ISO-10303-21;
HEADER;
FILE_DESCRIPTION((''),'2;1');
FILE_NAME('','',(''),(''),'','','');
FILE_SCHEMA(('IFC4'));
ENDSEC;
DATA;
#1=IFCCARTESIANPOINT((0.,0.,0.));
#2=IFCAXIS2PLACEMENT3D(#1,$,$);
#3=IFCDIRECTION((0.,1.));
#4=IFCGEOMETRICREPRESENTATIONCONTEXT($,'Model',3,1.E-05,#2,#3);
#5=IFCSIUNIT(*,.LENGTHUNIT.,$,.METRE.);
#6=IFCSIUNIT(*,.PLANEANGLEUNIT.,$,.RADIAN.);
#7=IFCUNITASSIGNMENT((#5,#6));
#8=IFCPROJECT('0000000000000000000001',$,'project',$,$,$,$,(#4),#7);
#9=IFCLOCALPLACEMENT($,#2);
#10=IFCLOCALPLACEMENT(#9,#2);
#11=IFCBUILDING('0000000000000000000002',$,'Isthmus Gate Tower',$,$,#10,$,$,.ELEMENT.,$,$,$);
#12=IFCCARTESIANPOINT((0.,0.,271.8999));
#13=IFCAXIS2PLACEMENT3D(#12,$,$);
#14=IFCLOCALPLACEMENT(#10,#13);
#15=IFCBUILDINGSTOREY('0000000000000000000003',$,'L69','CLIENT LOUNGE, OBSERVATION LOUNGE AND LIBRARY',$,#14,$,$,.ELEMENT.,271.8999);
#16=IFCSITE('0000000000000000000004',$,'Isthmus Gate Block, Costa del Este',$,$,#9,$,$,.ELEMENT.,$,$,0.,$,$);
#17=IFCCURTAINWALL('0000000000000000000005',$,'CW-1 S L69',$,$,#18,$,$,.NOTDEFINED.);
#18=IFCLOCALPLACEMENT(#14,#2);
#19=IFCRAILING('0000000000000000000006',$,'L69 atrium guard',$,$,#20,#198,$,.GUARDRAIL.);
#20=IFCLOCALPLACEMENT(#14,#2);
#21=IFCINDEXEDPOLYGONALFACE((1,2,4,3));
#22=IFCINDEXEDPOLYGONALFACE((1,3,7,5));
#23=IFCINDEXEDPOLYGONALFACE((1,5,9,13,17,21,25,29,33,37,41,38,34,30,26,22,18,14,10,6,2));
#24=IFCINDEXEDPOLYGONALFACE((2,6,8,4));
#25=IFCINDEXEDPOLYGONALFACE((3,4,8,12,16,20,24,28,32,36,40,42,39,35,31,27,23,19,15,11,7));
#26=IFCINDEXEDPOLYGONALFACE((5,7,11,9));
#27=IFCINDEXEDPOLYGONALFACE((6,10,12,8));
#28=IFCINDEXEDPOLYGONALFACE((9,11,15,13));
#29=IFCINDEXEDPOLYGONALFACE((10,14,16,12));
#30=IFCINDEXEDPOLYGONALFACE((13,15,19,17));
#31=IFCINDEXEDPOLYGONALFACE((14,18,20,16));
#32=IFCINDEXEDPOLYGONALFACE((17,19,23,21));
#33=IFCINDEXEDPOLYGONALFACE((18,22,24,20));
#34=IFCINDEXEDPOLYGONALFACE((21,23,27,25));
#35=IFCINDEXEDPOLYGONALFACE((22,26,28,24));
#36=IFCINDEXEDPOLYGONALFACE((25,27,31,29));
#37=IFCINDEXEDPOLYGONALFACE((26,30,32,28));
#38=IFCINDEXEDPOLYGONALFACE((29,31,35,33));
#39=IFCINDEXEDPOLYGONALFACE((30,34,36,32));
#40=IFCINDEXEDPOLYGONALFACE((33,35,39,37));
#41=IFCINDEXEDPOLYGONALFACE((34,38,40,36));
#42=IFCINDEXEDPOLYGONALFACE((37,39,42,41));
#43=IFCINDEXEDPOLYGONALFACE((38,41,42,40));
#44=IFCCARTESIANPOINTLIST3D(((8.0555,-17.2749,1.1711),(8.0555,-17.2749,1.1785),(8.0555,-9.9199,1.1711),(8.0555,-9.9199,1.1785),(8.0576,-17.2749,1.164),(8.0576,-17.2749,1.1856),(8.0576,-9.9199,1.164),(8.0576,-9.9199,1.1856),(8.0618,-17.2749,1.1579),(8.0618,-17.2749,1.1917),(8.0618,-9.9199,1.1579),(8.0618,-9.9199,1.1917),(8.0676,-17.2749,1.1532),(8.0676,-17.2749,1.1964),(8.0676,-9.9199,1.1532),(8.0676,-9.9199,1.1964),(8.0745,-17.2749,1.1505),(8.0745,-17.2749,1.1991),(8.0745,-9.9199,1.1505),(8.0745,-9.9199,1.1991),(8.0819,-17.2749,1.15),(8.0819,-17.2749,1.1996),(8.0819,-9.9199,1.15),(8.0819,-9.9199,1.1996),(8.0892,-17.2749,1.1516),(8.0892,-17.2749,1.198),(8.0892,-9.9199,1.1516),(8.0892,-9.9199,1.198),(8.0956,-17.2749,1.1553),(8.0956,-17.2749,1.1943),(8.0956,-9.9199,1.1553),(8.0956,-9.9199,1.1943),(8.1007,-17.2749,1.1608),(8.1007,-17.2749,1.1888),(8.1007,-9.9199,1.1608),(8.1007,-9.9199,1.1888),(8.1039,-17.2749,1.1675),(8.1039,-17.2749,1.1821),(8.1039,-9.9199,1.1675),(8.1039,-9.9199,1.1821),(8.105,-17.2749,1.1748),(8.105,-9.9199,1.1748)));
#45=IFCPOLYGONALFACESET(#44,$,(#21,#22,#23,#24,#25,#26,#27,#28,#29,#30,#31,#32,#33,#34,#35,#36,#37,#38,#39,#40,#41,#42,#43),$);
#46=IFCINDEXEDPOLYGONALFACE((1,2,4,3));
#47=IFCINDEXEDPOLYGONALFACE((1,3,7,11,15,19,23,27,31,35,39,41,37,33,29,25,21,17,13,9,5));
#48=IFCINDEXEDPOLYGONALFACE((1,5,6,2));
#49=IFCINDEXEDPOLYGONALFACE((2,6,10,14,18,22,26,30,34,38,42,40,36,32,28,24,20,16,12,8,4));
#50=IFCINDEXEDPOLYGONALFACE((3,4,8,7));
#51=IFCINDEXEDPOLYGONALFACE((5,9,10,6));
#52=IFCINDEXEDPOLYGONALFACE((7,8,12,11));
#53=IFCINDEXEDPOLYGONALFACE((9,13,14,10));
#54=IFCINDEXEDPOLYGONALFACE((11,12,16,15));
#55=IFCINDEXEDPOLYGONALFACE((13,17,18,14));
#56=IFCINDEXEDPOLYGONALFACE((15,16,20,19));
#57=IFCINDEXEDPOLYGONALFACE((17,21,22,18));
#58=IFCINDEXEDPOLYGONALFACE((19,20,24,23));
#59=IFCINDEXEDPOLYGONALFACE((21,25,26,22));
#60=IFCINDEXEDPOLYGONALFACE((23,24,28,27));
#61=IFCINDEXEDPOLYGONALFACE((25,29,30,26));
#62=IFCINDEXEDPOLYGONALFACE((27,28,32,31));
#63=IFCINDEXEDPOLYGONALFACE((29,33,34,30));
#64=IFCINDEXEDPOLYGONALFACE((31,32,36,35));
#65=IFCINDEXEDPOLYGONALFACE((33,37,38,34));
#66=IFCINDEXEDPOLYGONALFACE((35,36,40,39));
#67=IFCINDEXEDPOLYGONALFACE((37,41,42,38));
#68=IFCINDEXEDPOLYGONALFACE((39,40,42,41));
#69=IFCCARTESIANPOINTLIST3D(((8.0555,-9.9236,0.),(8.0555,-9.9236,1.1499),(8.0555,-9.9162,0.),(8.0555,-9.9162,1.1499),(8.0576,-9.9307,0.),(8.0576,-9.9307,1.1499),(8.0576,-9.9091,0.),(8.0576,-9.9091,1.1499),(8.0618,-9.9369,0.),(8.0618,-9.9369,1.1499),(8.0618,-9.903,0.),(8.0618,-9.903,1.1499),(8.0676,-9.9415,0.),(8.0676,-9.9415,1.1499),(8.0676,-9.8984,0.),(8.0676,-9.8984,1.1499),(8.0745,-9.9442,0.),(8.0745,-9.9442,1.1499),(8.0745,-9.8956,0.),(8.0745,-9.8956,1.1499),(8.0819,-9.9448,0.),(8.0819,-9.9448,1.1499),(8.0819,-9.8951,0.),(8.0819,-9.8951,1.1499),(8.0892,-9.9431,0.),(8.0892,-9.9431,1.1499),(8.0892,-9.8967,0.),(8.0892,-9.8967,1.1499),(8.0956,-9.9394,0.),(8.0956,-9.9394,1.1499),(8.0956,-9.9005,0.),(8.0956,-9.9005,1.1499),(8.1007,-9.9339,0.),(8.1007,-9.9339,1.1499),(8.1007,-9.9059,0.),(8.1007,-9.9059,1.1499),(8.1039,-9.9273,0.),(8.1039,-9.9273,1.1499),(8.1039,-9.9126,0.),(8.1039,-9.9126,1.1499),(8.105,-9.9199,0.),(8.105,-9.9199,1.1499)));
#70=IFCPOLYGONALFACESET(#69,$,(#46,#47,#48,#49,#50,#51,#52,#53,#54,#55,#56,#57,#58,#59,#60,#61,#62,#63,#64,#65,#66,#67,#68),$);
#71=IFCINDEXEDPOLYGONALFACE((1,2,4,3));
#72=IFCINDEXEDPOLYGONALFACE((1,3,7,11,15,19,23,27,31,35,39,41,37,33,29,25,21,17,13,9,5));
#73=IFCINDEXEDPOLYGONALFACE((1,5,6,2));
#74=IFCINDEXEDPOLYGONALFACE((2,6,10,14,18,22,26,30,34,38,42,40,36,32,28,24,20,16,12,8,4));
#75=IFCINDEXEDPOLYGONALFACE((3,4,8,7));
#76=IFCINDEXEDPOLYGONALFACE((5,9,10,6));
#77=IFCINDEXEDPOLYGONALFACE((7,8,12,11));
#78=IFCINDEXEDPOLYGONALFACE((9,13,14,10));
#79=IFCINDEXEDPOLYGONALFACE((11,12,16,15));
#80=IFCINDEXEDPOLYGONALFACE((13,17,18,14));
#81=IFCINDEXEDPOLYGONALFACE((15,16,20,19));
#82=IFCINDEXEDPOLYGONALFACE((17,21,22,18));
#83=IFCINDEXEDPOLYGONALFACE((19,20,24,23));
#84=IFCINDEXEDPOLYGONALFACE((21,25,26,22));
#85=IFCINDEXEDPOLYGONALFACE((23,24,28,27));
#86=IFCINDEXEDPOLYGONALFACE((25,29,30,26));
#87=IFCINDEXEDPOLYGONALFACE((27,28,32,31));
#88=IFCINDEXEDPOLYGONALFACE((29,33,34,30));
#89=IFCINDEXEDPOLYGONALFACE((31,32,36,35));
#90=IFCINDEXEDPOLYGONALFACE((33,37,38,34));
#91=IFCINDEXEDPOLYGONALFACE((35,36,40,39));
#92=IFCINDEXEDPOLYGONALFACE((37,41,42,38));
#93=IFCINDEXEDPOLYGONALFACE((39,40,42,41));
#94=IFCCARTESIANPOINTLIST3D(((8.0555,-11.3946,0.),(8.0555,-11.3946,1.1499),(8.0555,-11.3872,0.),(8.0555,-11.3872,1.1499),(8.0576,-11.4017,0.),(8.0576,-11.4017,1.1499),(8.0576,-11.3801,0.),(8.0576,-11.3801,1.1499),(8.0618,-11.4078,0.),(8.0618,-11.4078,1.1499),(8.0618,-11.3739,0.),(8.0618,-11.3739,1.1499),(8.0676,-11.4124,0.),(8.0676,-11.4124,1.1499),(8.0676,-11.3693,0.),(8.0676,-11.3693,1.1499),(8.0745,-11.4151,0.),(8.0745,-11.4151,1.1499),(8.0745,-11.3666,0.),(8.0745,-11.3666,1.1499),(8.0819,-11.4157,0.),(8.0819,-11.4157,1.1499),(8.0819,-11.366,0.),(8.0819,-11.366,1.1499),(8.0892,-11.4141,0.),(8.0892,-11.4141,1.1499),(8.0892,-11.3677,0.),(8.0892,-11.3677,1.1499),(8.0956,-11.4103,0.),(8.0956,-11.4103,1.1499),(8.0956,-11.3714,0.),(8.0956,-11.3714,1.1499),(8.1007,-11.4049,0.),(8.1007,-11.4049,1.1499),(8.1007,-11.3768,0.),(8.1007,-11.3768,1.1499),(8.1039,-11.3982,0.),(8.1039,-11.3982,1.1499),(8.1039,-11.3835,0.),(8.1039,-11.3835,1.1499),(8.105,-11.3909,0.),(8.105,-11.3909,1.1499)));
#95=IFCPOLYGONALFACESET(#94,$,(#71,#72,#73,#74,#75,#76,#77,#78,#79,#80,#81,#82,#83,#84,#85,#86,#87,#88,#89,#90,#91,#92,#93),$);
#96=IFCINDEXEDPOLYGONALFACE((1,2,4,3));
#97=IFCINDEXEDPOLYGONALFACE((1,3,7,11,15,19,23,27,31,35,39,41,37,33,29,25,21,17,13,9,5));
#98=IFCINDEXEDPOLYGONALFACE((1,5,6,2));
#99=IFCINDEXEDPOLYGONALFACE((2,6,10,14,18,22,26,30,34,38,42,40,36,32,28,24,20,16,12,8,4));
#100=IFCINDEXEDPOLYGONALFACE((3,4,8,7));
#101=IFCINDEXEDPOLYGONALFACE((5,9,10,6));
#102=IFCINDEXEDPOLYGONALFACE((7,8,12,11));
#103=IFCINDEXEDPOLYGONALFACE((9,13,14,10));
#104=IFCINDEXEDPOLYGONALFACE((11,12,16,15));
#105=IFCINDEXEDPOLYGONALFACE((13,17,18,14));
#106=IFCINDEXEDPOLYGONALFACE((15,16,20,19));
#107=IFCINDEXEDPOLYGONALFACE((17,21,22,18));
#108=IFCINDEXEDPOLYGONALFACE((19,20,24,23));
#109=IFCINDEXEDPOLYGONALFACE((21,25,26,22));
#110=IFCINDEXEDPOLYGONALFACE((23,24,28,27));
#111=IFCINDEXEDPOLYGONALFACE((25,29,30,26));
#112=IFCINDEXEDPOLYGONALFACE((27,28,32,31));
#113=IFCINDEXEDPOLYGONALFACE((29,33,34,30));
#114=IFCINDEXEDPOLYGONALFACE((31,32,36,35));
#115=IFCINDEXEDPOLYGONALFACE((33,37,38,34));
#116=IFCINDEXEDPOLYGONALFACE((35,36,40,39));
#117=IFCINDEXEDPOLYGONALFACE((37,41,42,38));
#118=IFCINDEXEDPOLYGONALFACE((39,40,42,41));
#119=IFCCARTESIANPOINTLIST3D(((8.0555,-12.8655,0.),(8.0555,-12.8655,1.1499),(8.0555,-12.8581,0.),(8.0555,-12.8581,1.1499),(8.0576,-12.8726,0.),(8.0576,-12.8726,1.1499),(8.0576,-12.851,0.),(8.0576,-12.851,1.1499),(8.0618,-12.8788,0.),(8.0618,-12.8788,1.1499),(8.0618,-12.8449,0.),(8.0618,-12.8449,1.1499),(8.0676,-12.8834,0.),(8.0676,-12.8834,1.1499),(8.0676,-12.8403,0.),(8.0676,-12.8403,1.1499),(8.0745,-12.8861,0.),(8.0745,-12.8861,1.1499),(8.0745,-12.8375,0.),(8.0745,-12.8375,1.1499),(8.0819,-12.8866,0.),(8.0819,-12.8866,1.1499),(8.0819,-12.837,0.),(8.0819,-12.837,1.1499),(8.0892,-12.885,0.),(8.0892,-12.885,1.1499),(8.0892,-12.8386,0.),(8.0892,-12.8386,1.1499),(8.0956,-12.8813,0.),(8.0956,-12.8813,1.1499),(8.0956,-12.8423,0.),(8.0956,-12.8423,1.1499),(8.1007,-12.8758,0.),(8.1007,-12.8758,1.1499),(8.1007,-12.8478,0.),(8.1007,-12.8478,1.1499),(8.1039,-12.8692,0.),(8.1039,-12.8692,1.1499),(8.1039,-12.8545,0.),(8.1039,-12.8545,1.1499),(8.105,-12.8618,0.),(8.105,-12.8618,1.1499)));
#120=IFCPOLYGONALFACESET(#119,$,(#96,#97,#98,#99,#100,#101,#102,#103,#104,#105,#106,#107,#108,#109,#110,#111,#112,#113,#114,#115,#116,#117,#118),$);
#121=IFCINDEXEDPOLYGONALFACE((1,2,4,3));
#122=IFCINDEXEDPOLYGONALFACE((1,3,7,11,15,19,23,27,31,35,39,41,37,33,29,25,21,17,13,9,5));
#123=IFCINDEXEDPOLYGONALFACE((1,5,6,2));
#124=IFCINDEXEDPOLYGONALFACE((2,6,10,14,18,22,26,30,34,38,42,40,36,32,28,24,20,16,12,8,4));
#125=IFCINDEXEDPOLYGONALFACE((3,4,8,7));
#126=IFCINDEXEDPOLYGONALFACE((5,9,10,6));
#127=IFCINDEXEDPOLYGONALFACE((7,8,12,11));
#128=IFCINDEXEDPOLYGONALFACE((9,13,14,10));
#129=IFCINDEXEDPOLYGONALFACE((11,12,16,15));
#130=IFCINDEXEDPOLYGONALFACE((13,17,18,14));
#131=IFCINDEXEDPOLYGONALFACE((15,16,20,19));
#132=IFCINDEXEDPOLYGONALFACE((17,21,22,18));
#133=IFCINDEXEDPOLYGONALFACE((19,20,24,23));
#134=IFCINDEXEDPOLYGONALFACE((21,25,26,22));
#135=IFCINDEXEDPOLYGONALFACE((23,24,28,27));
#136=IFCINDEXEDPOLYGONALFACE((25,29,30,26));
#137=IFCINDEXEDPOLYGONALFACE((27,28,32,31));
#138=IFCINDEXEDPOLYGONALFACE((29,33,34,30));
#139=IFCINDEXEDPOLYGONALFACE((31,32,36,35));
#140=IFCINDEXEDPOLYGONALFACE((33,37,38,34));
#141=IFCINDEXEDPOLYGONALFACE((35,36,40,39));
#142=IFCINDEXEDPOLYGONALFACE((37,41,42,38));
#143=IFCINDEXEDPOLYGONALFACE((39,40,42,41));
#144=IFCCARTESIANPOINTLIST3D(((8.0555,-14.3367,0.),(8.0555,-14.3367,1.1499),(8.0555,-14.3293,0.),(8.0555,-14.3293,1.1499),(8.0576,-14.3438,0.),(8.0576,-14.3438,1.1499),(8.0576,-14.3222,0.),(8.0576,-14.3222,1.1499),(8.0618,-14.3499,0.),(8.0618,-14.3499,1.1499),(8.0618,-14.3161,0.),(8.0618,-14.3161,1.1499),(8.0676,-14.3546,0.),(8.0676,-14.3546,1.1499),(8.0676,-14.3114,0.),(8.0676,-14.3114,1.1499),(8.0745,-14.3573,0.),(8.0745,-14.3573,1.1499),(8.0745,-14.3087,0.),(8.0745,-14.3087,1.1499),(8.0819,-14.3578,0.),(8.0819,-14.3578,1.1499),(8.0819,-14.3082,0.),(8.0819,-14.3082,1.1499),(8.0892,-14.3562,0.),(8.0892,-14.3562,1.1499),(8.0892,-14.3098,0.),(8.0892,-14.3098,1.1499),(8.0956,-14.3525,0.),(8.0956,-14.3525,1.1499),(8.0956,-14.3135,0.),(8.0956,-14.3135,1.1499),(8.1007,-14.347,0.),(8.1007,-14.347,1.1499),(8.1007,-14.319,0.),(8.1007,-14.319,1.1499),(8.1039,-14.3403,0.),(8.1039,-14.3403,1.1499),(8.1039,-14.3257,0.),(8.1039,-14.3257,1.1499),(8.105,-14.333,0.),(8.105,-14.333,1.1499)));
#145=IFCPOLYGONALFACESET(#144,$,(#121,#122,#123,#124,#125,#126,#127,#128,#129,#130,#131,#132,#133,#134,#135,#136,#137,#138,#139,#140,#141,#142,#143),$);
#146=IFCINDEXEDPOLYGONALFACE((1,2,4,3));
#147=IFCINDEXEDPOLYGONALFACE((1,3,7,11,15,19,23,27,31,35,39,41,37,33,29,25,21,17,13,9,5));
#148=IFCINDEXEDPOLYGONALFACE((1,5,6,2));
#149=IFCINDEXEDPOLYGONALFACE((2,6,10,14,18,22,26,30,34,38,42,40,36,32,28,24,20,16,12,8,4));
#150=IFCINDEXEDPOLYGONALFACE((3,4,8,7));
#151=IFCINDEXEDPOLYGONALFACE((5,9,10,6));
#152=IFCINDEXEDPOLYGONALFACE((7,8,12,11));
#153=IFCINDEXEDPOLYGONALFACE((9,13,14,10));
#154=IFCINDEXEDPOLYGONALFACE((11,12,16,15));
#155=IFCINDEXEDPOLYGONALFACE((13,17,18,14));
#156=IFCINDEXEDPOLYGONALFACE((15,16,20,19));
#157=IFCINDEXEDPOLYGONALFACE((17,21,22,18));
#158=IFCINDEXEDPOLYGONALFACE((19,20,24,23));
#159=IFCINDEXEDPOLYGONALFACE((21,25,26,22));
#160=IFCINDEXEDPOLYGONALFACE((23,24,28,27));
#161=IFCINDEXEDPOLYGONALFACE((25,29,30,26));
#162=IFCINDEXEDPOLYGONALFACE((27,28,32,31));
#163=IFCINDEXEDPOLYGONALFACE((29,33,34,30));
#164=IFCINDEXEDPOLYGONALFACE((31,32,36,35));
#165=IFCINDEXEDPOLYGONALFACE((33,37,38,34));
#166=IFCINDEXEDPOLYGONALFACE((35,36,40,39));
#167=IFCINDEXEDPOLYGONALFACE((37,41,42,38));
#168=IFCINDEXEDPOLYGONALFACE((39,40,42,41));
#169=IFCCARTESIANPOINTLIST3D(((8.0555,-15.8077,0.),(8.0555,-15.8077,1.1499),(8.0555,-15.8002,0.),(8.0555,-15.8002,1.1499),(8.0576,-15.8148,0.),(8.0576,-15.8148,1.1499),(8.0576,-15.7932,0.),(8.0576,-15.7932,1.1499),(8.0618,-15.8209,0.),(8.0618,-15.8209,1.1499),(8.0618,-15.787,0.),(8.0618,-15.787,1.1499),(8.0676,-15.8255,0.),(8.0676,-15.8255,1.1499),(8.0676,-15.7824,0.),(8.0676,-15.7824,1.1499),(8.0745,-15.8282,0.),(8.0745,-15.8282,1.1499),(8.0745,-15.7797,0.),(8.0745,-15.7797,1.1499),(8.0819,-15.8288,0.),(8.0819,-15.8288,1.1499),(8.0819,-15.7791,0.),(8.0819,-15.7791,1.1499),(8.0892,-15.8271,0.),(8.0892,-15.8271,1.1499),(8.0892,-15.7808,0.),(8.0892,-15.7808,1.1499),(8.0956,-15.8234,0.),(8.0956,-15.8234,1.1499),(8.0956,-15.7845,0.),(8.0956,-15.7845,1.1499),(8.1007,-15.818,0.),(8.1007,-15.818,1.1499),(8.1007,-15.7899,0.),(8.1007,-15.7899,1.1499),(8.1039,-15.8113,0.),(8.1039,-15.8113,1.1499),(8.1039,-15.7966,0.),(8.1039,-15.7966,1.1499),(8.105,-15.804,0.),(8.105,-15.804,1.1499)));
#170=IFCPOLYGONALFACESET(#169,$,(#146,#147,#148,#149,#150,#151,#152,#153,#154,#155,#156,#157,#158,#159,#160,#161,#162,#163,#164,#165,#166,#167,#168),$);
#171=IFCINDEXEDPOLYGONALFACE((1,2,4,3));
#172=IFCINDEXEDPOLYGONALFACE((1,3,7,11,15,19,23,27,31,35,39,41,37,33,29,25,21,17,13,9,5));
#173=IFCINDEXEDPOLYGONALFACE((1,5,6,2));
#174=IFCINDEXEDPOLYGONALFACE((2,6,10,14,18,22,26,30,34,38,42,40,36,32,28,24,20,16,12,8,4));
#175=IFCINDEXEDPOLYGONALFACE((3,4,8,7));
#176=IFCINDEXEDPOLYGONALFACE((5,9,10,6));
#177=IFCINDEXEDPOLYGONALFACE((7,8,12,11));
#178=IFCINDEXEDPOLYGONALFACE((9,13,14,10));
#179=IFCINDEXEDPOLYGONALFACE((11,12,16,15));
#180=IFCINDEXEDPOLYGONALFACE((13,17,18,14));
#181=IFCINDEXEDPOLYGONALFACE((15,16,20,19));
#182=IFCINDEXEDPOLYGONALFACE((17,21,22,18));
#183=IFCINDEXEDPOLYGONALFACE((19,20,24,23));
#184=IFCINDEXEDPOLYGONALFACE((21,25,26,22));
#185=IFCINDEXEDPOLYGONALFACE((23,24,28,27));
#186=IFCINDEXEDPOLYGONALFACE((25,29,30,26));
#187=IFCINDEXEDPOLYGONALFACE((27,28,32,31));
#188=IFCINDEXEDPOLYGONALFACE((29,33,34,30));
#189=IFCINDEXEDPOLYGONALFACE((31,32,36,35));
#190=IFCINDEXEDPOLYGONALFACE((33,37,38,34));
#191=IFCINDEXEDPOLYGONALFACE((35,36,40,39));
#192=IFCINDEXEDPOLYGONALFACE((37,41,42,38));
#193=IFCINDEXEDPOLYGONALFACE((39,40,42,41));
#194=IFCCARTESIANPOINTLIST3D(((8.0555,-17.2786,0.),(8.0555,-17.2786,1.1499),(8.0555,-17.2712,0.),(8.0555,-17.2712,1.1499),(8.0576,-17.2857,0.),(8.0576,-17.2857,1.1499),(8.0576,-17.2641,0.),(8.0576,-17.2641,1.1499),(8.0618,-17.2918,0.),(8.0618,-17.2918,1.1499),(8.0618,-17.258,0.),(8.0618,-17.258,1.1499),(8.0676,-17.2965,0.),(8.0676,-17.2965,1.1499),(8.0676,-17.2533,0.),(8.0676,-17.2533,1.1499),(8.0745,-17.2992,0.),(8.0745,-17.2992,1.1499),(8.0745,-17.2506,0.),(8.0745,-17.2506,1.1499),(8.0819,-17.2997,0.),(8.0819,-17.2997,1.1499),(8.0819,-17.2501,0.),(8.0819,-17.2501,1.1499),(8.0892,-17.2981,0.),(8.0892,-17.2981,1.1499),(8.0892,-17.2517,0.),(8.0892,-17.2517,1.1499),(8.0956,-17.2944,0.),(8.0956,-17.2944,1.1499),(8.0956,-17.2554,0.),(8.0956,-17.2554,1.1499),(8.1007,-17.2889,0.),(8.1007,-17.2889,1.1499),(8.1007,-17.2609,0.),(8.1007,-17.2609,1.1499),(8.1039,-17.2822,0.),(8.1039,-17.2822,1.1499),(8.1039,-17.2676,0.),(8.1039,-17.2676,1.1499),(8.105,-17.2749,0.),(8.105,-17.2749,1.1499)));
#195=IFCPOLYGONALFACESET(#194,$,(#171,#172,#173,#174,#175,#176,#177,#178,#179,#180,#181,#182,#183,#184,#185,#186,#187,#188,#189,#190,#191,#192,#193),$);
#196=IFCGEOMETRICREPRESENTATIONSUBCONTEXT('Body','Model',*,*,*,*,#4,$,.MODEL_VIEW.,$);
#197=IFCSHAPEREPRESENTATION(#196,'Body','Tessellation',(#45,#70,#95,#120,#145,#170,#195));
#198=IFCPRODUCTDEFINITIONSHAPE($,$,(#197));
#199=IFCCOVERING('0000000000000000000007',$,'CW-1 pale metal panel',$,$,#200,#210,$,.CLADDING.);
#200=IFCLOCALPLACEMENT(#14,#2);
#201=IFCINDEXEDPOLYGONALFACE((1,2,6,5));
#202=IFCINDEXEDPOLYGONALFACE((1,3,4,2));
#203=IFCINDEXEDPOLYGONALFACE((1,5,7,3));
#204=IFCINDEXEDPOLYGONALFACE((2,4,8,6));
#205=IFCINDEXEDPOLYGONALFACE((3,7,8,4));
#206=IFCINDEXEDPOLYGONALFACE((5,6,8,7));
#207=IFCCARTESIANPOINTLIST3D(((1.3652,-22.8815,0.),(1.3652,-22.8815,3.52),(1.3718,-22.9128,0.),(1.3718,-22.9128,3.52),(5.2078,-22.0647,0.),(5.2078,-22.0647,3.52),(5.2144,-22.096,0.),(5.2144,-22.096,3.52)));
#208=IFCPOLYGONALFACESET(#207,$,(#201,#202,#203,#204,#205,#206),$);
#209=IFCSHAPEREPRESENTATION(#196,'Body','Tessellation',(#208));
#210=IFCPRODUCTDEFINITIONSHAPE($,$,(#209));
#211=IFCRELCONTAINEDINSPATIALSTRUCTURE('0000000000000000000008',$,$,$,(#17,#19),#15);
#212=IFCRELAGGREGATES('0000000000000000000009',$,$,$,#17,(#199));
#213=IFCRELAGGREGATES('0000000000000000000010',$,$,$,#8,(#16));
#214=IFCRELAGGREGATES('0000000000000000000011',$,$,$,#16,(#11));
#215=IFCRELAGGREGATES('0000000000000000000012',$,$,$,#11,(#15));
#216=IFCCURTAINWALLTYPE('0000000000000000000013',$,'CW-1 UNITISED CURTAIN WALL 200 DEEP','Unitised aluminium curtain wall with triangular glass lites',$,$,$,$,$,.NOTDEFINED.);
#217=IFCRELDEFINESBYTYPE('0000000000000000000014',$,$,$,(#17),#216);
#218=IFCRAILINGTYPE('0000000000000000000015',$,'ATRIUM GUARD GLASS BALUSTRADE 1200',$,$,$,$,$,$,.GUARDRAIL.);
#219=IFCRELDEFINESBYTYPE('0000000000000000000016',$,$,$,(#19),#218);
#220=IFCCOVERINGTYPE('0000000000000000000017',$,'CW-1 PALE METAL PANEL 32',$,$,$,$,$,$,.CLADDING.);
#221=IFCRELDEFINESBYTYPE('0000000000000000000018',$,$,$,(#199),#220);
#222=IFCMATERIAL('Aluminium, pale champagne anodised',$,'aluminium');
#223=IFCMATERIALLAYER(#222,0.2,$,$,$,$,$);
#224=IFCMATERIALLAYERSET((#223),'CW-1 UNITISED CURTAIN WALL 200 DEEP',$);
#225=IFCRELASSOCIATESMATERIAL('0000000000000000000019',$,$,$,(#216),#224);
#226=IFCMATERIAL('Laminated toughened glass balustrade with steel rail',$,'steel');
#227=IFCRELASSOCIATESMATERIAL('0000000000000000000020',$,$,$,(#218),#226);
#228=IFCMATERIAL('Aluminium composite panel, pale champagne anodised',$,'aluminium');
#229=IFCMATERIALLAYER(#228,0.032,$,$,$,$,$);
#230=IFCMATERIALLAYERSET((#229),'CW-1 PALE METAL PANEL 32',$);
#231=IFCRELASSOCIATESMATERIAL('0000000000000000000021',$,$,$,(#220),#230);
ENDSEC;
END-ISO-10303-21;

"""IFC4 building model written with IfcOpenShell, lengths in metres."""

from ifc_helpers import new_model, si_unit, direction, frame, origin, origin_2d, place, context, subcontext, project, spatial, rectangle, circle, extrude, material, layer, layer_set, type_object, element, aggregate, save


model = new_model("IFC4")

# Units and contexts
model_context = context("Model", 3, precision=1e-05, world=origin(), true_north=direction((0.0, 1.0)))
body_context = subcontext(model_context, "Body", "Model", "MODEL_VIEW")
ifc_project = project(units=[si_unit("LENGTHUNIT", "METRE"), si_unit("PLANEANGLEUNIT", "RADIAN")], contexts=[model_context])

# Site, building, storey
site_placement = place(None, origin())
site = spatial("IfcSite", under=ifc_project, at=site_placement, Name="Isthmus Gate Block, Costa del Este", CompositionType="ELEMENT", RefElevation=0.0)
building_placement = place(site_placement, origin())
building = spatial("IfcBuilding", under=site, at=building_placement, Name="Isthmus Gate Tower", CompositionType="ELEMENT")
storey_placement = place(building_placement, frame((0.0, 0.0, 271.8999)))
storey = spatial("IfcBuildingStorey", under=building, at=storey_placement, Name="L69", Description="CLIENT LOUNGE, OBSERVATION LOUNGE AND LIBRARY", CompositionType="ELEMENT", Elevation=271.8999)

# Curtain wall
ifc_material_1 = material(Name="Aluminium, pale champagne anodised", Category="aluminium")
ifc_layer_1 = layer(ifc_material_1, 0.2)
ifc_layer_set_1 = layer_set([ifc_layer_1], Name="CW-1 UNITISED CURTAIN WALL 200 DEEP")
curtain_wall_type = type_object("IfcCurtainWallType", Name="CW-1 UNITISED CURTAIN WALL 200 DEEP", Description="Unitised aluminium curtain wall with triangular glass lites", PredefinedType="NOTDEFINED", material=ifc_layer_set_1)
curtain_wall_placement = place(storey_placement, origin())
curtain_wall = element("IfcCurtainWall", 1, at=curtain_wall_placement, inside=storey, type_object=curtain_wall_type, Name="CW-1 S L69", PredefinedType="NOTDEFINED")

# Railing
ifc_material_2 = material(Name="Laminated toughened glass balustrade with steel rail", Category="steel")
railing_type = type_object("IfcRailingType", Name="ATRIUM GUARD GLASS BALUSTRADE 1200", PredefinedType="GUARDRAIL", material=ifc_material_2)
railing_1_placement = place(storey_placement, frame((8.0801, -9.9199, 0.0)))
element("IfcRailing", 2, at=railing_1_placement, inside=storey, type_object=railing_type, Name="L69 atrium guard", PredefinedType="GUARDRAIL", context=body_context, shape_type="SweptSolid", body=[
    extrude(circle(Radius=0.0249, at=origin_2d()), frame((0.0, 0.0, 1.1748), z_axis=(0.0, -1.0, 0.0), x_axis=(1.0, 0.0, 0.0)), (0.0, 0.0, 1.0), 7.355),
    extrude(circle(Radius=0.0249, at=origin_2d()), origin(), (0.0, 0.0, 1.0), 1.1499),
    extrude(circle(Radius=0.0249, at=origin_2d()), frame((0.0, -1.4709, 0.0)), (0.0, 0.0, 1.0), 1.1499),
    extrude(circle(Radius=0.0249, at=origin_2d()), frame((0.0, -2.9419, 0.0)), (0.0, 0.0, 1.0), 1.1499),
    extrude(circle(Radius=0.0249, at=origin_2d()), frame((0.0, -4.4131, 0.0)), (0.0, 0.0, 1.0), 1.1499),
    extrude(circle(Radius=0.0249, at=origin_2d()), frame((0.0, -5.884, 0.0)), (0.0, 0.0, 1.0), 1.1499),
    extrude(circle(Radius=0.0249, at=origin_2d()), frame((0.0, -7.355, 0.0)), (0.0, 0.0, 1.0), 1.1499),
])

# Covering
ifc_material_3 = material(Name="Aluminium composite panel, pale champagne anodised", Category="aluminium")
ifc_layer_2 = layer(ifc_material_3, 0.032)
ifc_layer_set_2 = layer_set([ifc_layer_2], Name="CW-1 PALE METAL PANEL 32")
covering_type = type_object("IfcCoveringType", Name="CW-1 PALE METAL PANEL 32", PredefinedType="CLADDING", material=ifc_layer_set_2)
covering_1_placement = place(storey_placement, frame((3.2898, -22.4888, 0.0), z_axis=(0.0, 0.0, 1.0), x_axis=(0.978148, 0.207912, 0.0)))
covering_1 = element("IfcCovering", 3, at=covering_1_placement, type_object=covering_type, Name="CW-1 pale metal panel", PredefinedType="CLADDING", context=body_context, shape_type="SweptSolid", body=[
    extrude(rectangle(XDim=3.9285, YDim=0.032, at=origin_2d()), origin(), (0.0, 0.0, 1.0), 3.52),
])
aggregate(curtain_wall, [covering_1])

save(model, "model.ifc")
